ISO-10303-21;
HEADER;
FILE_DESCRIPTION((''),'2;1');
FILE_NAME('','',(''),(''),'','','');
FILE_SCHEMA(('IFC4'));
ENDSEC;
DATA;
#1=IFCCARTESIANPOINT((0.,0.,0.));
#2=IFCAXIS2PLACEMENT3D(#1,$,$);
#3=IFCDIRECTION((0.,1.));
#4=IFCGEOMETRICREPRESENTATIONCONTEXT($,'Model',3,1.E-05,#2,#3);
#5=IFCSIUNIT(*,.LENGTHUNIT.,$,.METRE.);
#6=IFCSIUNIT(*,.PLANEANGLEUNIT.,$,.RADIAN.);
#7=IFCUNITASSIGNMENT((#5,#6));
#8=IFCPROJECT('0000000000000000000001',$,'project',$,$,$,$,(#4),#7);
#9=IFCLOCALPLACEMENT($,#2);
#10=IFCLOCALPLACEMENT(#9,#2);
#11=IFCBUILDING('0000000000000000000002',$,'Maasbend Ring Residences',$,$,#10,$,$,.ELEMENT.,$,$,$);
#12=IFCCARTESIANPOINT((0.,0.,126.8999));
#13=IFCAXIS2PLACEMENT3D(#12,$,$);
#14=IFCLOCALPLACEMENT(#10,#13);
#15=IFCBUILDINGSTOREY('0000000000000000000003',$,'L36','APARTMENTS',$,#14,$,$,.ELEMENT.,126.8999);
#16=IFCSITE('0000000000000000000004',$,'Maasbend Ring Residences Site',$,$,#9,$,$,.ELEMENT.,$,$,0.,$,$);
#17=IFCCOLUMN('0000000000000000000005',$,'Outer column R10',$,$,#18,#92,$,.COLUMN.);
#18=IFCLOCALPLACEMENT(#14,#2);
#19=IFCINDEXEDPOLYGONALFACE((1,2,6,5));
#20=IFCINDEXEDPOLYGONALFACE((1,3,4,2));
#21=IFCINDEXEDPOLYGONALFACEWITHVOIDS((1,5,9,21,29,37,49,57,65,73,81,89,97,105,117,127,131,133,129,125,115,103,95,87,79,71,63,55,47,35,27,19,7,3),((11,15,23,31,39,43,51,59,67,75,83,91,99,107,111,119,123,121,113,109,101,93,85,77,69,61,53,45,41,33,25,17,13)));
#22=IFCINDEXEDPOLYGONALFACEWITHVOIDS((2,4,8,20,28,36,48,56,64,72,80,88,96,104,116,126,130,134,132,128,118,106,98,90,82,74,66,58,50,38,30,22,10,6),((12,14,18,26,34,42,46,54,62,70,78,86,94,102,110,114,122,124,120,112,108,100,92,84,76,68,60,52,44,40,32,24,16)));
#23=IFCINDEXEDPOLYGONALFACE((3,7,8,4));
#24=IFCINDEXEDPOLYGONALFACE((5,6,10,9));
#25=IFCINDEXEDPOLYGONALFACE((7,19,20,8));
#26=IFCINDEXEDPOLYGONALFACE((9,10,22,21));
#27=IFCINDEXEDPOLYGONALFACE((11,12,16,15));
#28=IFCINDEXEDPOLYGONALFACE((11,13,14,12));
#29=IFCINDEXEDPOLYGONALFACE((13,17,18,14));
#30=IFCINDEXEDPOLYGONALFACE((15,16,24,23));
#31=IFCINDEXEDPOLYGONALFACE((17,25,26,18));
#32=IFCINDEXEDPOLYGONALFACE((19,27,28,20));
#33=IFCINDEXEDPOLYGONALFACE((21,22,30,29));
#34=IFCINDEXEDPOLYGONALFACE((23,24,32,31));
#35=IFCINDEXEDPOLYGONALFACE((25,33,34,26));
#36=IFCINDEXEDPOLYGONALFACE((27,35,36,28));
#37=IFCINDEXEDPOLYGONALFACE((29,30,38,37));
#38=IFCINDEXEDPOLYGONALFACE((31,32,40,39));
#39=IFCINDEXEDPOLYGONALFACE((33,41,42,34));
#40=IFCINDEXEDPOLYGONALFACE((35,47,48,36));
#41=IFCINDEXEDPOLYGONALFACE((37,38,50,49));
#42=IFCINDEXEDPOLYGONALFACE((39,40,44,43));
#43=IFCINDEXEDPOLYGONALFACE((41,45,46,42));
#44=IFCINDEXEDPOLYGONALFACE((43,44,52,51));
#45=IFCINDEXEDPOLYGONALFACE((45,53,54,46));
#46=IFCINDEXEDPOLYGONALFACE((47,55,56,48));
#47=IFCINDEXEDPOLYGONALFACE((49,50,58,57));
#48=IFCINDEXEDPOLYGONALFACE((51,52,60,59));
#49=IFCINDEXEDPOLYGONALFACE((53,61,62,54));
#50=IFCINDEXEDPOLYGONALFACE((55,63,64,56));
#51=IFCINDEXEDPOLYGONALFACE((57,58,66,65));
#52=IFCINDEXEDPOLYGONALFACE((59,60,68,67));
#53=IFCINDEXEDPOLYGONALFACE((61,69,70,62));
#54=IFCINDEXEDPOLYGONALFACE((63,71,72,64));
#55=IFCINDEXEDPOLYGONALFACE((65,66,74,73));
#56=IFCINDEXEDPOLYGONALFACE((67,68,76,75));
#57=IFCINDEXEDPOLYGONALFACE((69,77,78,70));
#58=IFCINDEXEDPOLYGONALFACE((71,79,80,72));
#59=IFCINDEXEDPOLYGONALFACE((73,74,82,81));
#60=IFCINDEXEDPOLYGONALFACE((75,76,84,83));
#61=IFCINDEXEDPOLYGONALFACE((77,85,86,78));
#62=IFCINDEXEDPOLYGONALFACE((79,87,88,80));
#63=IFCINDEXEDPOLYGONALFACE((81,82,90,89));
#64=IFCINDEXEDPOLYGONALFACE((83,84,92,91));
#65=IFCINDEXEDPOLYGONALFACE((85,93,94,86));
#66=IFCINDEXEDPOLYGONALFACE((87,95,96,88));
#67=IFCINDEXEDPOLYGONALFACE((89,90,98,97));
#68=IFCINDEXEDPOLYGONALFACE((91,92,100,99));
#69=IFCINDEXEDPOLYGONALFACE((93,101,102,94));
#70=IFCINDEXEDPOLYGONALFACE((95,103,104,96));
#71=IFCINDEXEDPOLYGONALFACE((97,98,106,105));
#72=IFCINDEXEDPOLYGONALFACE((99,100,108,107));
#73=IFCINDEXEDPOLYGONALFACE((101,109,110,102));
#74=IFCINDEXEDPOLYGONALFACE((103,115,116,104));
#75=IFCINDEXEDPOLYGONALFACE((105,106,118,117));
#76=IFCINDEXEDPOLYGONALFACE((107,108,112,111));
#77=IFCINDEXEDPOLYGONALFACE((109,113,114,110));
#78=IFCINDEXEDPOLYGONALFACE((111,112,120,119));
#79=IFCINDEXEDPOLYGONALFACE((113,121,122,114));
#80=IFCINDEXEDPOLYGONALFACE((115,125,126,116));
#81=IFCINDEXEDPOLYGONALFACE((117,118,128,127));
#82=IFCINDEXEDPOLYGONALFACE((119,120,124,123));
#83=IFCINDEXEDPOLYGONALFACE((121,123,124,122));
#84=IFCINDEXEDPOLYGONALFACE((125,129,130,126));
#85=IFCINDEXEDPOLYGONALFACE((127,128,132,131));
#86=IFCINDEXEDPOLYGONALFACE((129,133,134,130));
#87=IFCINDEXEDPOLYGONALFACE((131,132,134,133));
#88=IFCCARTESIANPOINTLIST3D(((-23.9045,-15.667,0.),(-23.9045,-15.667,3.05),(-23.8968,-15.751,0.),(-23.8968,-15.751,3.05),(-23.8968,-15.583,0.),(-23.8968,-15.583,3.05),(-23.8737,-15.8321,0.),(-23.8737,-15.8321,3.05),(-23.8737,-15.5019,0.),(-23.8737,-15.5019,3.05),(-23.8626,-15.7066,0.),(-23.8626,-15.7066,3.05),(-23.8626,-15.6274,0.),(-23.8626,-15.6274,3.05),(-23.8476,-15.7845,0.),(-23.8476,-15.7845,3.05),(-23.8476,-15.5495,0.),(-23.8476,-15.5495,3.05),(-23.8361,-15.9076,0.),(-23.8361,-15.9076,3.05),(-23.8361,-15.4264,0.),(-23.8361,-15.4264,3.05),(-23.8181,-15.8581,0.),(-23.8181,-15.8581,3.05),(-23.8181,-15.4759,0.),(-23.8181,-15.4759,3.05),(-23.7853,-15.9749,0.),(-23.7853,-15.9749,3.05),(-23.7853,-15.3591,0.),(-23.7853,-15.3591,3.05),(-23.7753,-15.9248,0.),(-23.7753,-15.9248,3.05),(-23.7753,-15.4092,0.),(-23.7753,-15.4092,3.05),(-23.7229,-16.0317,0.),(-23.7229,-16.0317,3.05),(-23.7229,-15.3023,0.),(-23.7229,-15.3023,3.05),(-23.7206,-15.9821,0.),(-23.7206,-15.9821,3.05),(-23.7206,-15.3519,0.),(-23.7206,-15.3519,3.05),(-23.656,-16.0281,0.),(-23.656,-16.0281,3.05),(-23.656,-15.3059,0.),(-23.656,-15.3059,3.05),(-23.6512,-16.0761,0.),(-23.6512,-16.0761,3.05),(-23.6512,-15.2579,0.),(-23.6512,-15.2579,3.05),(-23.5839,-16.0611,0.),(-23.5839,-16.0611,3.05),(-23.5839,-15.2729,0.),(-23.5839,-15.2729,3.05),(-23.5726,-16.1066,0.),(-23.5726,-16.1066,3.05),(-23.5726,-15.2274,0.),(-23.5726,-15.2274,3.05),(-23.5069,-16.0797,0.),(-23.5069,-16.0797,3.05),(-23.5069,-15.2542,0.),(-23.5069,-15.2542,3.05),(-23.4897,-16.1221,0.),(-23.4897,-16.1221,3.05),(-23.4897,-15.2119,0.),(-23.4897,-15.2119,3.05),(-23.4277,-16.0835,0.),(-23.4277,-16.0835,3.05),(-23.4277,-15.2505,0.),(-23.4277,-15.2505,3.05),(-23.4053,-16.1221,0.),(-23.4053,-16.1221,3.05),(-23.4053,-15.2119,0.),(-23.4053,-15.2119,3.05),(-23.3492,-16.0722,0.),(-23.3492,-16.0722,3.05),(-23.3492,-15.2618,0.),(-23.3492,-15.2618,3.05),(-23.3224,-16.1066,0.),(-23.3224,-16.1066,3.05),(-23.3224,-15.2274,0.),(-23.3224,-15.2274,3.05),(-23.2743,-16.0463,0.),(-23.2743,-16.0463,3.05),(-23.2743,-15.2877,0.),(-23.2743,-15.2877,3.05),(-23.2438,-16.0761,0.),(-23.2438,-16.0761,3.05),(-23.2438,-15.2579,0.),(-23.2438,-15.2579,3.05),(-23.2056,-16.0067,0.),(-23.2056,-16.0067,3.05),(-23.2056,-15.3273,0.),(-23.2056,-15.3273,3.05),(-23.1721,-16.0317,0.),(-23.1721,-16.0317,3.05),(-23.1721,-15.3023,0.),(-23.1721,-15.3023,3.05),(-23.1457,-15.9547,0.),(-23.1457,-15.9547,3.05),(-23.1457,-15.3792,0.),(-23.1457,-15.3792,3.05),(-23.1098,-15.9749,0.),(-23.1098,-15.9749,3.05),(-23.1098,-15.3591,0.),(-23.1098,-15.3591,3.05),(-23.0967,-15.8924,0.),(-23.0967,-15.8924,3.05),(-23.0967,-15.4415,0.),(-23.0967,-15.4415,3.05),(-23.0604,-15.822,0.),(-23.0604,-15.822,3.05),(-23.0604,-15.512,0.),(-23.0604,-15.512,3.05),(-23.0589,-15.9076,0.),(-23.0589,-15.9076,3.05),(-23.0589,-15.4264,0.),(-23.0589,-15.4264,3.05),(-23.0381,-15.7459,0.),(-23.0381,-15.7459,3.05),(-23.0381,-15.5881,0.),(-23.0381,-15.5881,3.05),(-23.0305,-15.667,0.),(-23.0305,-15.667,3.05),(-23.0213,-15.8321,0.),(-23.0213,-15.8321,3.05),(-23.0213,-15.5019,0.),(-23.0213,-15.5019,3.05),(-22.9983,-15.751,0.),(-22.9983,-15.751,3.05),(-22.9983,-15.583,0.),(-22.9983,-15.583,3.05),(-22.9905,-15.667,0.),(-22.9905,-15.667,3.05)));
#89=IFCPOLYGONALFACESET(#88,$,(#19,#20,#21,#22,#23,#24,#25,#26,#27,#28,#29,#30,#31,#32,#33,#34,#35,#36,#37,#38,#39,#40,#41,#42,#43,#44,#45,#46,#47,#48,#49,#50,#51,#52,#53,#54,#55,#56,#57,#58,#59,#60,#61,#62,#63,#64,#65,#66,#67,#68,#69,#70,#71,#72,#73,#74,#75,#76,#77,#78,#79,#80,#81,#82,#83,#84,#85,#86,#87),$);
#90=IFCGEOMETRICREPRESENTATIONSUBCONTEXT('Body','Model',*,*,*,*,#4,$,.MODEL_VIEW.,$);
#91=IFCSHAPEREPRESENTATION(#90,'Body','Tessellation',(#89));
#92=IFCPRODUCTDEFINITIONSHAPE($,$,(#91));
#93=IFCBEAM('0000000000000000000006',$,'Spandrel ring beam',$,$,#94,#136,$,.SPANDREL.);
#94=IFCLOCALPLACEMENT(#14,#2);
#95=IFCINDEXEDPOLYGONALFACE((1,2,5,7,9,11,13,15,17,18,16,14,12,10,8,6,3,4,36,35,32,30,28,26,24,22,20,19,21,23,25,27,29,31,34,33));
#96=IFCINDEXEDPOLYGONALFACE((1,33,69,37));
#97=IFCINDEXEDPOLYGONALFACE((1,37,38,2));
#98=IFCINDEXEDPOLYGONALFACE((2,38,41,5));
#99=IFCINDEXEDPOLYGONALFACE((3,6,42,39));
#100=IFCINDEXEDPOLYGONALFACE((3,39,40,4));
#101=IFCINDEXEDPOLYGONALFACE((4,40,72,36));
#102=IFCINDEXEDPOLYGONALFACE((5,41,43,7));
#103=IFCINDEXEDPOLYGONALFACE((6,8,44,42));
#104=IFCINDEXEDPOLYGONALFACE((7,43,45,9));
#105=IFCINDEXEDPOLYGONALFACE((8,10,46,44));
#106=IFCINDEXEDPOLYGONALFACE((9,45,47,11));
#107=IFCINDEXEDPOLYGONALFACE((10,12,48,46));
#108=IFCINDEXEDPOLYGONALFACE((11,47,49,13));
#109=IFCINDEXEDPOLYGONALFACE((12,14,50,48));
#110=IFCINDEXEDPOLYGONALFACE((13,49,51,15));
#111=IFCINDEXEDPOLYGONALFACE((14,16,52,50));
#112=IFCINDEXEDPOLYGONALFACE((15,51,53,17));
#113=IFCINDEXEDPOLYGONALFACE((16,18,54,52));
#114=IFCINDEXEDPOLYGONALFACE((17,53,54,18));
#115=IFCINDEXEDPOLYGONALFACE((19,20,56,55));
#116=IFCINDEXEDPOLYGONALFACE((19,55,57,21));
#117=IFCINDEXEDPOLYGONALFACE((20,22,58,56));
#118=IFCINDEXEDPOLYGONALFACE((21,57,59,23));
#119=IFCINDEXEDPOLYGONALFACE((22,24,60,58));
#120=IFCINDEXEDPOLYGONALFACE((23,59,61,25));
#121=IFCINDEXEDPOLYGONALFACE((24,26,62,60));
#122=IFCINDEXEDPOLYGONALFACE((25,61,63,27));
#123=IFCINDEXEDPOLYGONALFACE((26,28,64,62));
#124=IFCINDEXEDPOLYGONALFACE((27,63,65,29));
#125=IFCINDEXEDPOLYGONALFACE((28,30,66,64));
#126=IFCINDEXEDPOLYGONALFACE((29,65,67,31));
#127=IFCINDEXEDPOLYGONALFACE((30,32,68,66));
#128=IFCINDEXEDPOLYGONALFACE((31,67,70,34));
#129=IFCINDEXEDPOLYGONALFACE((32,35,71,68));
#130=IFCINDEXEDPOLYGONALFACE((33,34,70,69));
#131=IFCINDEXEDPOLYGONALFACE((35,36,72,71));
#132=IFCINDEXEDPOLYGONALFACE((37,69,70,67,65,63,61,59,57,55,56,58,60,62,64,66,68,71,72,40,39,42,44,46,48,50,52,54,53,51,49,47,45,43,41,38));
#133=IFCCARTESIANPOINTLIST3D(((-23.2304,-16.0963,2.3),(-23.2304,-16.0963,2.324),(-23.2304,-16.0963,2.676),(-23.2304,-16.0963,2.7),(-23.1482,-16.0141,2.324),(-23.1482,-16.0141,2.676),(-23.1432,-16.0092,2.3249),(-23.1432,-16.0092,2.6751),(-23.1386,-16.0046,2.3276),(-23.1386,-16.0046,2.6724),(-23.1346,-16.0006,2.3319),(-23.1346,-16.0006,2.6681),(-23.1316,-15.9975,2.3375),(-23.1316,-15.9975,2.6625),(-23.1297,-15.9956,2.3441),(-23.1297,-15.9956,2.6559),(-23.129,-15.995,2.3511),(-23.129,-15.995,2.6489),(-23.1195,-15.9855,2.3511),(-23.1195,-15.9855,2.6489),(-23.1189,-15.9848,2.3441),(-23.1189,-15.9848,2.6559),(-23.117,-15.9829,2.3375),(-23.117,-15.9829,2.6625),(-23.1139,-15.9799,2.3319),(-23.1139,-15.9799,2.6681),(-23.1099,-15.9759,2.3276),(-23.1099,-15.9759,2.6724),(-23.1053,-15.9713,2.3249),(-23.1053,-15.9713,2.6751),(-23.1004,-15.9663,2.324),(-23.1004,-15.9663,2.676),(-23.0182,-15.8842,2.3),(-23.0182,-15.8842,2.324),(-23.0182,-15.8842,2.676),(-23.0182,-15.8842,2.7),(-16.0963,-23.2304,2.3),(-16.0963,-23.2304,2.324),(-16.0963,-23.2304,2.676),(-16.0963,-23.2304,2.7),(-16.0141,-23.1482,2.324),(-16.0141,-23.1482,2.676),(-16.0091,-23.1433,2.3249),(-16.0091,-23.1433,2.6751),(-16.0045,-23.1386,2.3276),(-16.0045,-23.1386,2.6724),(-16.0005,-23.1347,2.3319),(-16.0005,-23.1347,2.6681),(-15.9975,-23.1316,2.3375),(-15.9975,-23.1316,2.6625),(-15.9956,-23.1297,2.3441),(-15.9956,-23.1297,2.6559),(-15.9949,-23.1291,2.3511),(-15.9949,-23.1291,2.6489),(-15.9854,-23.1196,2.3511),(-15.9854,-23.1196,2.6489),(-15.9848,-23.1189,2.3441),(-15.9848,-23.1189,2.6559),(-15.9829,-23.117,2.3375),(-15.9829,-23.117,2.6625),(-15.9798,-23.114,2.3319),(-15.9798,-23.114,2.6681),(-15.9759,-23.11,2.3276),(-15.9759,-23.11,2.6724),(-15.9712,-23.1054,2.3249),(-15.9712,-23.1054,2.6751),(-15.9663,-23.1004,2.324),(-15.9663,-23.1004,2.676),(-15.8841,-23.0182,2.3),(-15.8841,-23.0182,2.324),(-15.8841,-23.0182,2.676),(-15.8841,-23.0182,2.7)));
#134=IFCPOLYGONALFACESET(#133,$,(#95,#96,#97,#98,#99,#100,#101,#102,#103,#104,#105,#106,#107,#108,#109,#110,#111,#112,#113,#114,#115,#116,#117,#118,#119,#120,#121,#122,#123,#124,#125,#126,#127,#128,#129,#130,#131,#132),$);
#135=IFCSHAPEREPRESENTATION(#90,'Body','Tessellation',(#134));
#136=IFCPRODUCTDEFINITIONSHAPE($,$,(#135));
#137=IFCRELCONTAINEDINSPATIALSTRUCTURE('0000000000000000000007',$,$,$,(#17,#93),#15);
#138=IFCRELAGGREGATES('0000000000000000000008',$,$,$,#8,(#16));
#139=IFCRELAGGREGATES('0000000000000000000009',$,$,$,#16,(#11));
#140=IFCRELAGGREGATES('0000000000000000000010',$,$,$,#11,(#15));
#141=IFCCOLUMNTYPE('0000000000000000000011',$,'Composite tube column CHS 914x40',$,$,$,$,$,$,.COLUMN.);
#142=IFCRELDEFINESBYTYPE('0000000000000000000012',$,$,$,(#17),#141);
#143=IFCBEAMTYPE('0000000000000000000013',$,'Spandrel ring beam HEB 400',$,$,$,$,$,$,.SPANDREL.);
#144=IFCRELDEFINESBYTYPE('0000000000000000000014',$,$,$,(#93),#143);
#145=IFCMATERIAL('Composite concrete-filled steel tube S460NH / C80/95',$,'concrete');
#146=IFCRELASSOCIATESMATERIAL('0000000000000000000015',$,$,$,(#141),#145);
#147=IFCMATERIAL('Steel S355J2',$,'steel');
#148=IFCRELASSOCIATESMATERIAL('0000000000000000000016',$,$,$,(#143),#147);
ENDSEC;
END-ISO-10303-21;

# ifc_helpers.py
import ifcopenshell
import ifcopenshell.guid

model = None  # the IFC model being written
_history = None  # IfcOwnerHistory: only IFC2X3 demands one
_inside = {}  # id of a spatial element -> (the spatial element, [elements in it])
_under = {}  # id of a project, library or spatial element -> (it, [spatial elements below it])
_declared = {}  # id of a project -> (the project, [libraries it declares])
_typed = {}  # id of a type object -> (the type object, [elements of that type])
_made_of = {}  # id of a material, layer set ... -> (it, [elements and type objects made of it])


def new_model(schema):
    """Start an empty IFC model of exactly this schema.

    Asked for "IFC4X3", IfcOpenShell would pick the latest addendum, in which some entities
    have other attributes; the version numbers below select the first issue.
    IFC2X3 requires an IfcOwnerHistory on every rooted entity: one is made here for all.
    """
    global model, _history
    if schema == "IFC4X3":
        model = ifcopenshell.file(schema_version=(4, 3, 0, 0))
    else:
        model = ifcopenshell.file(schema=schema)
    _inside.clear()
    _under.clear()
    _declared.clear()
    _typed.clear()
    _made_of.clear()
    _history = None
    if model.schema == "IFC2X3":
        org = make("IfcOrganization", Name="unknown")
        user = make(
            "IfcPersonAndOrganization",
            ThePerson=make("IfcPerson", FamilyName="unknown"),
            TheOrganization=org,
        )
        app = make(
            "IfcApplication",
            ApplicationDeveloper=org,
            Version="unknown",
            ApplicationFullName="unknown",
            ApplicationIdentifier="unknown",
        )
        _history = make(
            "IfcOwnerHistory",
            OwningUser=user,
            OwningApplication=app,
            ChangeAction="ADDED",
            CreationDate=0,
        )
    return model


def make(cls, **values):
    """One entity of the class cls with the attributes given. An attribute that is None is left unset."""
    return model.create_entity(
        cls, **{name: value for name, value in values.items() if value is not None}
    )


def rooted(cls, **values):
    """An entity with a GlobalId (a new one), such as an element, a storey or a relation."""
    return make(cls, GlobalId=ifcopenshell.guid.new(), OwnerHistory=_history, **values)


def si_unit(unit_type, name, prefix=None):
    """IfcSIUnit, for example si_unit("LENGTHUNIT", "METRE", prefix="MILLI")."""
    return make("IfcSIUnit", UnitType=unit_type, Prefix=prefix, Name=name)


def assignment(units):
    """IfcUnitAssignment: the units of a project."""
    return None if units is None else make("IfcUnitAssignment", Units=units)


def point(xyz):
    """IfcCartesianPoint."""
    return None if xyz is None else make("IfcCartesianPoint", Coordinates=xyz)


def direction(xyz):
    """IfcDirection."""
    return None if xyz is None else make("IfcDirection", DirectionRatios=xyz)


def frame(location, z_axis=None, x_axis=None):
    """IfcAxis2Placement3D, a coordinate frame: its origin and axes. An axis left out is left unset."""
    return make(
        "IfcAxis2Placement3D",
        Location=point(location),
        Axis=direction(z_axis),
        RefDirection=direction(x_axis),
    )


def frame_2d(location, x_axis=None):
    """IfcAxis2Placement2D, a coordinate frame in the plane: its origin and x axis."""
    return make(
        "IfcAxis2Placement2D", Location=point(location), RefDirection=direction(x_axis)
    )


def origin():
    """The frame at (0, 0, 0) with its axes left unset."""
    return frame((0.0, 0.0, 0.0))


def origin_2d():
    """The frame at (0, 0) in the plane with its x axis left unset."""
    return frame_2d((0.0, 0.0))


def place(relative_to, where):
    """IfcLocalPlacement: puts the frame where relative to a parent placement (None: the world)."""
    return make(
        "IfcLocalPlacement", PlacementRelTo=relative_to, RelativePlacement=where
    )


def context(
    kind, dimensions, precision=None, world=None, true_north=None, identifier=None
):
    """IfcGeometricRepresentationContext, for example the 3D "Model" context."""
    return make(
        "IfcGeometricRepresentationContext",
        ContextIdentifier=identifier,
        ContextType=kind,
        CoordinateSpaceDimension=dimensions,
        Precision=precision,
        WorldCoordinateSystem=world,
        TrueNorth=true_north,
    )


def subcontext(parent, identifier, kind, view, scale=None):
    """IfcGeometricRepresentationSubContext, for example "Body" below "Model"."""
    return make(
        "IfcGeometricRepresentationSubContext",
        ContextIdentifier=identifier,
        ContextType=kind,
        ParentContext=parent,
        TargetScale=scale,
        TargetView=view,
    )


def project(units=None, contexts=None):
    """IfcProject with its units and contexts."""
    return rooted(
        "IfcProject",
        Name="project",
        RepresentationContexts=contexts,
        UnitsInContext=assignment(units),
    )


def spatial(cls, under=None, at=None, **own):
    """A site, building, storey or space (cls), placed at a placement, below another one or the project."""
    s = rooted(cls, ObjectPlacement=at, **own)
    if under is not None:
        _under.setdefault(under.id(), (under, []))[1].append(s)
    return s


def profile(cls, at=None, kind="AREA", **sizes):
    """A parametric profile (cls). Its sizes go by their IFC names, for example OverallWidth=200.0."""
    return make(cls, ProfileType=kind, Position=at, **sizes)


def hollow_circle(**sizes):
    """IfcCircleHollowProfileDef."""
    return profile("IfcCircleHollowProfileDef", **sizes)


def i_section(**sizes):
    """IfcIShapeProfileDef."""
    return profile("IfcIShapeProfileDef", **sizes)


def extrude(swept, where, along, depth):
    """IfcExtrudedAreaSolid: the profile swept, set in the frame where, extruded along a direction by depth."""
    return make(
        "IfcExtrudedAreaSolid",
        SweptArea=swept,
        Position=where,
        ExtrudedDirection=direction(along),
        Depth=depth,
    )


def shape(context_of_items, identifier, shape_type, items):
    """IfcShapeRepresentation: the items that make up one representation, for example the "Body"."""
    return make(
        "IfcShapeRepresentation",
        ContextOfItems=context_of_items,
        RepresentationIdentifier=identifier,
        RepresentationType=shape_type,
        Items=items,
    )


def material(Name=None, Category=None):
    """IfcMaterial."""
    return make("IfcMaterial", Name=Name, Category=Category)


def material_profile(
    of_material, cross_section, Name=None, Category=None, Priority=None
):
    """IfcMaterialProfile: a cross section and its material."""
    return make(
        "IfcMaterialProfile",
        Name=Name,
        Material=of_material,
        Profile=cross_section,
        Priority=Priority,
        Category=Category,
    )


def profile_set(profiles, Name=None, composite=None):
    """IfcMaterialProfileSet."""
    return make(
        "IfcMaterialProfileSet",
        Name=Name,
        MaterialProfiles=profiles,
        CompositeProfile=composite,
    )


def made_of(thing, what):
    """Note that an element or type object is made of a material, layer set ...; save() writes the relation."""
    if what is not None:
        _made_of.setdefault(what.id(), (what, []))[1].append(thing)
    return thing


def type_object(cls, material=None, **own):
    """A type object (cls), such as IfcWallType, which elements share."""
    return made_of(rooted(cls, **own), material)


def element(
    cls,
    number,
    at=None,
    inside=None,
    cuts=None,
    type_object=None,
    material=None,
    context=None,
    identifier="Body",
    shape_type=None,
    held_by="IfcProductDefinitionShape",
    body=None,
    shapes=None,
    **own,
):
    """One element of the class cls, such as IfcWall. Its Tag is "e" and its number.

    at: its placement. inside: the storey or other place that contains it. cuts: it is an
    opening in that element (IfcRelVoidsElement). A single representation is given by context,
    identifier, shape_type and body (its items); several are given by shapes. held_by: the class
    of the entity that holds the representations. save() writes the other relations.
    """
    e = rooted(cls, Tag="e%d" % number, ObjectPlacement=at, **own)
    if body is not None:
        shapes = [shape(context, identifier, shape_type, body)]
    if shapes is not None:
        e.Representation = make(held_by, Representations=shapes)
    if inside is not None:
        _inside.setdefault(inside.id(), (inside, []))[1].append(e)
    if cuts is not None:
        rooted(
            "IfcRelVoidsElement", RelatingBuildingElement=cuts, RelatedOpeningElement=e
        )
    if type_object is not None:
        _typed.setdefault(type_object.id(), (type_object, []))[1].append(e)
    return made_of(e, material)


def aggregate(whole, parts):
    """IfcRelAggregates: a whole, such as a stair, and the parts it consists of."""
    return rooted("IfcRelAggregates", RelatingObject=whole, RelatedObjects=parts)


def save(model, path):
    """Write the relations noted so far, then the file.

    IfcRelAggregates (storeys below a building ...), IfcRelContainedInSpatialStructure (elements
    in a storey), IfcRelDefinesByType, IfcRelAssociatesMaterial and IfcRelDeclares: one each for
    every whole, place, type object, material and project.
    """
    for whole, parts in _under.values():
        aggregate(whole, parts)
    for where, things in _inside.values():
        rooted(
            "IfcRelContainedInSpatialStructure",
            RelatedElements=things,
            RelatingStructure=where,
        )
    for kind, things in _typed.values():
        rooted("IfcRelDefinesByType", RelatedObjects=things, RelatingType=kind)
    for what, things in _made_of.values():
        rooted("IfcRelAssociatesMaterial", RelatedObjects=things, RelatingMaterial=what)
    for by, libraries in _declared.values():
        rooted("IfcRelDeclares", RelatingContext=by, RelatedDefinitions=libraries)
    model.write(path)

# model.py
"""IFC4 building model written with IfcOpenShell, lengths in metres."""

from ifc_helpers import new_model, si_unit, direction, frame, origin, origin_2d, place, context, subcontext, project, spatial, hollow_circle, i_section, extrude, material, material_profile, profile_set, type_object, element, save


model = new_model("IFC4")

# Units and contexts
model_context = context("Model", 3, precision=1e-05, world=origin(), true_north=direction((0.0, 1.0)))
body_context = subcontext(model_context, "Body", "Model", "MODEL_VIEW")
ifc_project = project(units=[si_unit("LENGTHUNIT", "METRE"), si_unit("PLANEANGLEUNIT", "RADIAN")], contexts=[model_context])

# Site, building, storey
site_placement = place(None, origin())
site = spatial("IfcSite", under=ifc_project, at=site_placement, Name="Maasbend Ring Residences Site", CompositionType="ELEMENT", RefElevation=0.0)
building_placement = place(site_placement, origin())
building = spatial("IfcBuilding", under=site, at=building_placement, Name="Maasbend Ring Residences", CompositionType="ELEMENT")
storey_placement = place(building_placement, frame((0.0, 0.0, 126.8999)))
storey = spatial("IfcBuildingStorey", under=building, at=storey_placement, Name="L36", Description="APARTMENTS", CompositionType="ELEMENT", Elevation=126.8999)

# Column
ifc_material_1 = material(Name="Composite concrete-filled steel tube S460NH / C80/95", Category="concrete")
ifc_material_profile_1 = material_profile(ifc_material_1, hollow_circle(Radius=0.457, WallThickness=0.04, at=origin_2d()), Name="Composite tube column CHS 914x40")
ifc_profile_set_1 = profile_set([ifc_material_profile_1], Name="Composite concrete-filled steel tube S460NH / C80/95")
column_type = type_object("IfcColumnType", Name="Composite tube column CHS 914x40", PredefinedType="COLUMN", material=ifc_profile_set_1)
column_placement = place(storey_placement, frame((-23.4475, -15.667, 0.0), z_axis=(0.0, 0.0, 1.0), x_axis=(1.0, 0.0, 0.0)))
element("IfcColumn", 1, at=column_placement, inside=storey, type_object=column_type, Name="Outer column R10", PredefinedType="COLUMN", context=body_context, shape_type="SweptSolid", body=[
    extrude(hollow_circle(Radius=0.457, WallThickness=0.04, at=origin_2d()), origin(), (0.0, 0.0, 1.0), 3.05),
])

# Beam
ifc_material_2 = material(Name="Steel S355J2", Category="steel")
ifc_material_profile_2 = material_profile(ifc_material_2, i_section(OverallWidth=0.3, OverallDepth=0.3999, WebThickness=0.0134, FlangeThickness=0.0239, FilletRadius=0.0271, at=origin_2d()), Name="HEB 400")
ifc_profile_set_2 = profile_set([ifc_material_profile_2], Name="Steel S355J2")
beam_type = type_object("IfcBeamType", Name="Spandrel ring beam HEB 400", PredefinedType="SPANDREL", material=ifc_profile_set_2)
beam_placement = place(storey_placement, frame((-23.1243, -15.9902, 2.5), z_axis=(0.707107, -0.707107, 0.0), x_axis=(0.707107, 0.707107, 0.0)))
element("IfcBeam", 2, at=beam_placement, inside=storey, type_object=beam_type, Name="Spandrel ring beam", PredefinedType="SPANDREL", context=body_context, shape_type="SweptSolid", body=[
    extrude(i_section(OverallWidth=0.3, OverallDepth=0.3999, WebThickness=0.0134, FlangeThickness=0.0239, FilletRadius=0.0271, at=origin_2d()), origin(), (0.0, 0.0, 1.0), 10.0891),
])

save(model, "model.ifc")
